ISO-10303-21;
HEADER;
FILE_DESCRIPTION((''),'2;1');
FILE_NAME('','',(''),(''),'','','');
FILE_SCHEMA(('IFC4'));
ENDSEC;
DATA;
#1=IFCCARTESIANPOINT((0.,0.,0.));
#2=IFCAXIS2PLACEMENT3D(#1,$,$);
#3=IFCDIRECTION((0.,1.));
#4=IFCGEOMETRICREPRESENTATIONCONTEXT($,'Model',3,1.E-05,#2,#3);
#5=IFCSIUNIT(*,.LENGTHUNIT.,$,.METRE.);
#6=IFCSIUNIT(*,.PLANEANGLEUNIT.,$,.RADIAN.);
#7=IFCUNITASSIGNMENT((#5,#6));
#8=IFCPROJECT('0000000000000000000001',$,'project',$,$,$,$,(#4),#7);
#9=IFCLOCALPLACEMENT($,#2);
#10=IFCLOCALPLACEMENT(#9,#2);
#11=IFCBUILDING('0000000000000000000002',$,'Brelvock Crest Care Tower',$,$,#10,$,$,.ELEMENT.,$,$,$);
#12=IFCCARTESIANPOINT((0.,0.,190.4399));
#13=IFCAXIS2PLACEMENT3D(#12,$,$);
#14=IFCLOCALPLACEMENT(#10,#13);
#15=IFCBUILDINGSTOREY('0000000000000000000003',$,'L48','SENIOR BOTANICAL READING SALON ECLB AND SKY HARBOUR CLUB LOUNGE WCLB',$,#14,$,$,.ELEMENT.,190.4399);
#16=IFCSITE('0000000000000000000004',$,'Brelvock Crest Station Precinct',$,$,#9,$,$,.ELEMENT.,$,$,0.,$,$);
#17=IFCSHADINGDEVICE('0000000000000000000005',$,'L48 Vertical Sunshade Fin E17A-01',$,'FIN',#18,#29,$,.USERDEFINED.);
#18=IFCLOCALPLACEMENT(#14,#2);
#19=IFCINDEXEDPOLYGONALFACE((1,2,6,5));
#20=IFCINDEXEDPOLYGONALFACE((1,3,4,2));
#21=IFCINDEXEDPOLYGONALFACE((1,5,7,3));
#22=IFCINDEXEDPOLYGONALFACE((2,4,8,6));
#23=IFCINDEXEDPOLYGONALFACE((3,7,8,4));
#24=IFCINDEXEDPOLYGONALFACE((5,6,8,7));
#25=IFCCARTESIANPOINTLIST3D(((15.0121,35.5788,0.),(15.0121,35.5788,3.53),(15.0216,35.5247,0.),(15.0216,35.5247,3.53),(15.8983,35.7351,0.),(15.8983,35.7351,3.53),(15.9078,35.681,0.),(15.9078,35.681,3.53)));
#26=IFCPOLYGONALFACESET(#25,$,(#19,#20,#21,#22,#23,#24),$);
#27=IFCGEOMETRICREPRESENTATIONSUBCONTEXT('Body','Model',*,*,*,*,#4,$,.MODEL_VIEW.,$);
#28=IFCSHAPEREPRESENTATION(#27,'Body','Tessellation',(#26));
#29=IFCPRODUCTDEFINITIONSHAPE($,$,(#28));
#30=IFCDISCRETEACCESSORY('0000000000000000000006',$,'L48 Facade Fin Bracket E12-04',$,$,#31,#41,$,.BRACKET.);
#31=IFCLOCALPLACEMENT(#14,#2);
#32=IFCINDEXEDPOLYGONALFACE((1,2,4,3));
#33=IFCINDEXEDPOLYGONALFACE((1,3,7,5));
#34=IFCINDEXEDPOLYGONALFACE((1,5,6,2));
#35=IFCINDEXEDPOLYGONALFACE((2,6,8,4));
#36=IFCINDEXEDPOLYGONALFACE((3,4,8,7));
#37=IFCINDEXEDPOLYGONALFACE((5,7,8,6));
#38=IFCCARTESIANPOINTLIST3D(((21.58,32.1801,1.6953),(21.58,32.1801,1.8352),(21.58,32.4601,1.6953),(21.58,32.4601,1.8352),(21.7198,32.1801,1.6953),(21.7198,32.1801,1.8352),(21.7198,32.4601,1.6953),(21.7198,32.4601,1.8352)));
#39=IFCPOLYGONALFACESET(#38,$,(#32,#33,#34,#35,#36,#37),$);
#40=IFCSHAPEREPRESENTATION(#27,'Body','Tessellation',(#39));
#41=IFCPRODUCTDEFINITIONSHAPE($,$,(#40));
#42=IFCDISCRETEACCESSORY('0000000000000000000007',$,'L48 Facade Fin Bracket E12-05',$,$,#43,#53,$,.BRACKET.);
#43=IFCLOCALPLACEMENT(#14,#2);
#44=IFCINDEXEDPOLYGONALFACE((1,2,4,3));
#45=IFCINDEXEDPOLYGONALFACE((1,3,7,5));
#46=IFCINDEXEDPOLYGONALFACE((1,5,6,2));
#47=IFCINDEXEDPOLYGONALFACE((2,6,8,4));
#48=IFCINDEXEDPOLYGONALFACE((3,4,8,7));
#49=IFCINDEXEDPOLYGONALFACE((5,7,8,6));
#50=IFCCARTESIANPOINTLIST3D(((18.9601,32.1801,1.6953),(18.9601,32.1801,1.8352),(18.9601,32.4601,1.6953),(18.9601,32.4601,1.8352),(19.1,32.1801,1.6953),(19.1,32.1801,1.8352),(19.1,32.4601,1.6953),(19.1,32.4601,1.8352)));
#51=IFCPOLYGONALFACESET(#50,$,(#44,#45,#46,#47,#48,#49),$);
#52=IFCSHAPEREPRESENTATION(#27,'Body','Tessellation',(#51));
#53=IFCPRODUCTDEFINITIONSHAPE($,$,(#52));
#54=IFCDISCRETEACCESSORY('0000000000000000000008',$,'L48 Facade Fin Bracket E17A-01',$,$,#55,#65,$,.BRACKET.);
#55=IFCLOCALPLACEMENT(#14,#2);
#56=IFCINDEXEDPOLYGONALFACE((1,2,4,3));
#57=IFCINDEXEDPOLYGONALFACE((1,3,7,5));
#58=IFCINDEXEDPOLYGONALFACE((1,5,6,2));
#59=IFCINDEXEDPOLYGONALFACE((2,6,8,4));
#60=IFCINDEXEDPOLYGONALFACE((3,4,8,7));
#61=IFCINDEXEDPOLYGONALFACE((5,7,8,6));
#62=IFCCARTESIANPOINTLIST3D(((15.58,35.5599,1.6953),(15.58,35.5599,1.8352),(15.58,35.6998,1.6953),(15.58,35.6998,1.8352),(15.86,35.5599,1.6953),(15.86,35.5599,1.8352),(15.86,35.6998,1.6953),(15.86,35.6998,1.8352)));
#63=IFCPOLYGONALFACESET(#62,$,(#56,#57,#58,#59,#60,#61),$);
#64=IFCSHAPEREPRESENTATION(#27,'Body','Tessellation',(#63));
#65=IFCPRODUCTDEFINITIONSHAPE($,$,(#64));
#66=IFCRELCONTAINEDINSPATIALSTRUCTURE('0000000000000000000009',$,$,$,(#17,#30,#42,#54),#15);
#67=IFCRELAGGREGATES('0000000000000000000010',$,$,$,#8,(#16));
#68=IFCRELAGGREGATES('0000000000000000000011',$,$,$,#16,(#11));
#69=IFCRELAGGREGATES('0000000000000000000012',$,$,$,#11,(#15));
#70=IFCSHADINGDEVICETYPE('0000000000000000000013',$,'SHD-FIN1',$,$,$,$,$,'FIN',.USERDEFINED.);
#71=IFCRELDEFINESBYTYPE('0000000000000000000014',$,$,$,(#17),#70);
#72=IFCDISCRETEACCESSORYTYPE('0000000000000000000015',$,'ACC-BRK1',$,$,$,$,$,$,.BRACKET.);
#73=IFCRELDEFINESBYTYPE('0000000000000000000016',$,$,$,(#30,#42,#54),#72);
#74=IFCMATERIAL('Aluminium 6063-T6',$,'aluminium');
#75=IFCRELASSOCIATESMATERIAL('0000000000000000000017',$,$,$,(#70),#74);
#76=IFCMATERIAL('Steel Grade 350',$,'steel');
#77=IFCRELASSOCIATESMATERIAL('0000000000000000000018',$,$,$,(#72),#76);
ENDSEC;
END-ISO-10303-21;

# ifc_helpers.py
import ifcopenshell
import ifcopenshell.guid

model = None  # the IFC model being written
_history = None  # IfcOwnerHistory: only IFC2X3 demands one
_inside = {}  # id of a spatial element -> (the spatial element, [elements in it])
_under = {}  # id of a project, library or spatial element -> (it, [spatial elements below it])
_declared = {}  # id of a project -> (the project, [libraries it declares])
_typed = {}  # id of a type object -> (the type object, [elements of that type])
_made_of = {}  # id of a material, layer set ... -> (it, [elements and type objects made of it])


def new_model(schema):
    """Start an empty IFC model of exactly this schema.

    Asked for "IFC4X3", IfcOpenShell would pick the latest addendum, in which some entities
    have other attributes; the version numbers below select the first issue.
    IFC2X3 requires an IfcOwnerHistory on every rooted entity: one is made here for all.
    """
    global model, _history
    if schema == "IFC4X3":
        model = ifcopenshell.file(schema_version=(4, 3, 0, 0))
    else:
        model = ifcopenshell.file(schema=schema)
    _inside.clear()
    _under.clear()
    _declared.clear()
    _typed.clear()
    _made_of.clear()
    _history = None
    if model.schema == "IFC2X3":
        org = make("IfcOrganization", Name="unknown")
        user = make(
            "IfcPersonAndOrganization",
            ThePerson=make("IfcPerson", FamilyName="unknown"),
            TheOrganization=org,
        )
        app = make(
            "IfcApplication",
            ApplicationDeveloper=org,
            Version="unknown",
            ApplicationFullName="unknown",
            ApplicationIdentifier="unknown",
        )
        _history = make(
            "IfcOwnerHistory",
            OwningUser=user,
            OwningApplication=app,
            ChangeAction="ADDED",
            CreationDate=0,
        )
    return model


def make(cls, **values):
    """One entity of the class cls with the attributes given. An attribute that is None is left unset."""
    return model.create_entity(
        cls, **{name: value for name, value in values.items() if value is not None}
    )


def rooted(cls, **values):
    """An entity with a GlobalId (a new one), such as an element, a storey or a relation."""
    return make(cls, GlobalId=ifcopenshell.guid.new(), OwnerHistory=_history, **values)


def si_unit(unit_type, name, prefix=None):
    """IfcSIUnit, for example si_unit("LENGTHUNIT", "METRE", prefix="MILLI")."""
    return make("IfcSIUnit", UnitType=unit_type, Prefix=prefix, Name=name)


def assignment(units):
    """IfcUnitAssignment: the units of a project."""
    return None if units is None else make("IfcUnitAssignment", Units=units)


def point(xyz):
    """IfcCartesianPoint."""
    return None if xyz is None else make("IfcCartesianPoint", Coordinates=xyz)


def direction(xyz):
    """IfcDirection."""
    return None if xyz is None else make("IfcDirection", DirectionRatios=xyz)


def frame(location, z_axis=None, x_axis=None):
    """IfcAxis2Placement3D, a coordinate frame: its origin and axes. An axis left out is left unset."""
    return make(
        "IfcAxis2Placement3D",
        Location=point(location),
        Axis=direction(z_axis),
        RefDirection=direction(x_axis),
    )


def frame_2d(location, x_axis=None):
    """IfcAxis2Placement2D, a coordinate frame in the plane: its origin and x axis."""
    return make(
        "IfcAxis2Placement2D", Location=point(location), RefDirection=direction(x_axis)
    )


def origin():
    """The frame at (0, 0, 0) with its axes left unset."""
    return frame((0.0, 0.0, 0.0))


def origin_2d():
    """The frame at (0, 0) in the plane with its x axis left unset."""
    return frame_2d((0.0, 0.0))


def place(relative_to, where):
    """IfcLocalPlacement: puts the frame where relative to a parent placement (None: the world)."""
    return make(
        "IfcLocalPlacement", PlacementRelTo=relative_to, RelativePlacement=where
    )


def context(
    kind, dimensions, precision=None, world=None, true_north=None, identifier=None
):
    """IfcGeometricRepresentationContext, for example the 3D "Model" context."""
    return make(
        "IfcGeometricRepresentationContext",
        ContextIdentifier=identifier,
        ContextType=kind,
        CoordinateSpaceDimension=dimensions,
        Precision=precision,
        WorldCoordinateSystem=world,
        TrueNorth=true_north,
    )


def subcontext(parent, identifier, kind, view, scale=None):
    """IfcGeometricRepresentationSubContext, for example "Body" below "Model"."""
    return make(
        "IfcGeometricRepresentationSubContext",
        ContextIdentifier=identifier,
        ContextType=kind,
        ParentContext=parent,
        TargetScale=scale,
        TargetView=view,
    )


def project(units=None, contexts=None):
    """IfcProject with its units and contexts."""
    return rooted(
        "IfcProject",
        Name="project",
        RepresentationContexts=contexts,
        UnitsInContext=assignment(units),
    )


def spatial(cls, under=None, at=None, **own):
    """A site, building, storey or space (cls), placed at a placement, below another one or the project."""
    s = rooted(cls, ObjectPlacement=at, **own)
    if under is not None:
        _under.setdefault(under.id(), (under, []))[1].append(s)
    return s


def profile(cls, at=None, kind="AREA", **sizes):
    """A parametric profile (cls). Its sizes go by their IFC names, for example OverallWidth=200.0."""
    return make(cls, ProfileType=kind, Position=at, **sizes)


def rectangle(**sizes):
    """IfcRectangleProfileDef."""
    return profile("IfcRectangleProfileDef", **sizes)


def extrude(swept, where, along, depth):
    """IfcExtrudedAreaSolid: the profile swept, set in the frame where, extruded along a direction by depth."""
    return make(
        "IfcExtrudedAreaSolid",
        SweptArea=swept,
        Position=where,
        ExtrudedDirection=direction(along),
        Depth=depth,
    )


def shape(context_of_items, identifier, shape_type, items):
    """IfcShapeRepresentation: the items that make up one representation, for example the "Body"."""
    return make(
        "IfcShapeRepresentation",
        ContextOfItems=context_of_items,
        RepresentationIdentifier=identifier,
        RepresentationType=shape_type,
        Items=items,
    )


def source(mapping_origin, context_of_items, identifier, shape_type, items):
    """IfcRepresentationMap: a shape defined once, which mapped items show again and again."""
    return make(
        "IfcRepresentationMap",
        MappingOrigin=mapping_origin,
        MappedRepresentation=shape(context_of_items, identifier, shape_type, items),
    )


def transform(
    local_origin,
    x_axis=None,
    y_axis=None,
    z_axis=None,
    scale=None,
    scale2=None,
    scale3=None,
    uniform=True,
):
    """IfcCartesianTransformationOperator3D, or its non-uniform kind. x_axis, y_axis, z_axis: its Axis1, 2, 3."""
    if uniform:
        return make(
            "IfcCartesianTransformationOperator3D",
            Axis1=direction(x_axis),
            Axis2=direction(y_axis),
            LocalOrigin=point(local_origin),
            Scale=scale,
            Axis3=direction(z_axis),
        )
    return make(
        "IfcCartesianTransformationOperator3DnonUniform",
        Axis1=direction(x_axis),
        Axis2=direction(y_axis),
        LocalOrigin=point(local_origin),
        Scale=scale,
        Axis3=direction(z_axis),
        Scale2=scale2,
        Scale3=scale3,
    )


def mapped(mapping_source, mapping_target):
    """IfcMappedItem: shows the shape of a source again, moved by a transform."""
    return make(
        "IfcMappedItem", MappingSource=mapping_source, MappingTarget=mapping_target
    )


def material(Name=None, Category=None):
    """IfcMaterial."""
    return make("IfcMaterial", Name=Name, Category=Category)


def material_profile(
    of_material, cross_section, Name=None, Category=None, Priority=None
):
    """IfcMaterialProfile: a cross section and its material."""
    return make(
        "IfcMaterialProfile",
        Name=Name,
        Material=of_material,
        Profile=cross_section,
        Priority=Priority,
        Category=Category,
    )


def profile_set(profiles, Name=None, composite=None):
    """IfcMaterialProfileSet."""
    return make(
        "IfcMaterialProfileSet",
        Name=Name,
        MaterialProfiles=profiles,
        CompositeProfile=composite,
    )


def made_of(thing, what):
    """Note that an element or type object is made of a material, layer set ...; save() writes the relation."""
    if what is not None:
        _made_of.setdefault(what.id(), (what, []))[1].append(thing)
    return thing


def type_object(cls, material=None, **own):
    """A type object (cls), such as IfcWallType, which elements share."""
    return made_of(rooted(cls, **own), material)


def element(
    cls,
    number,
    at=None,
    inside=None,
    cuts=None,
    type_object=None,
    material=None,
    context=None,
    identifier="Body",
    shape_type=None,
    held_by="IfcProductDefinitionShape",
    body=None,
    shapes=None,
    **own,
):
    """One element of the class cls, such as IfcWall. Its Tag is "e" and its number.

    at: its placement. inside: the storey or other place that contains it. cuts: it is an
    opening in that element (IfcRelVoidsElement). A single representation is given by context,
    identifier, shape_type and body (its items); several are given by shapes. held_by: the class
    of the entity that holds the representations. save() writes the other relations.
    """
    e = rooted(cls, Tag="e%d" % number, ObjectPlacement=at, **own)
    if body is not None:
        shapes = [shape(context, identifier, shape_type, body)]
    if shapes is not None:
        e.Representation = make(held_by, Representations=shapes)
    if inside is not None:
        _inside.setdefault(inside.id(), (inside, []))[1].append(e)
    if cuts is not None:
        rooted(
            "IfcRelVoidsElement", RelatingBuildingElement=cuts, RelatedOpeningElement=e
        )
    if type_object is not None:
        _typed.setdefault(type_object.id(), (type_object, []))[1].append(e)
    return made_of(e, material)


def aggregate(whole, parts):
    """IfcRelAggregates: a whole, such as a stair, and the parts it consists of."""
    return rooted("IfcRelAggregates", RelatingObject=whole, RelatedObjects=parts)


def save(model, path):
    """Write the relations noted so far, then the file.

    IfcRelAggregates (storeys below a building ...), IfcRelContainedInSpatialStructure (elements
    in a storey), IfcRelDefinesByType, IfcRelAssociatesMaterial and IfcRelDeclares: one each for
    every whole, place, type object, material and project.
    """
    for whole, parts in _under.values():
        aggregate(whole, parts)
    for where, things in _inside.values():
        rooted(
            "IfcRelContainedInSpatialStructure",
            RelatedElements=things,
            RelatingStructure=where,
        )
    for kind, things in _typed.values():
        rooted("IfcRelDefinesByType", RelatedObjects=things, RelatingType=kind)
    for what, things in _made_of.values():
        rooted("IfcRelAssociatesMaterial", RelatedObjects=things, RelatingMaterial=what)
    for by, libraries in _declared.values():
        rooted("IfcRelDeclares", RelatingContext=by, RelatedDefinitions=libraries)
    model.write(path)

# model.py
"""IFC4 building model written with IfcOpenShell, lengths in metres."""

from ifc_helpers import new_model, si_unit, direction, frame, origin, origin_2d, place, context, subcontext, project, spatial, rectangle, extrude, source, transform, mapped, material, material_profile, profile_set, type_object, element, save


model = new_model("IFC4")

# Units and contexts
model_context = context("Model", 3, precision=1e-05, world=origin(), true_north=direction((0.0, 1.0)))
body_context = subcontext(model_context, "Body", "Model", "MODEL_VIEW")
ifc_project = project(units=[si_unit("LENGTHUNIT", "METRE"), si_unit("PLANEANGLEUNIT", "RADIAN")], contexts=[model_context])

# Site, building, storey
site_placement = place(None, origin())
site = spatial("IfcSite", under=ifc_project, at=site_placement, Name="Brelvock Crest Station Precinct", CompositionType="ELEMENT", RefElevation=0.0)
building_placement = place(site_placement, origin())
building = spatial("IfcBuilding", under=site, at=building_placement, Name="Brelvock Crest Care Tower", CompositionType="ELEMENT")
storey_placement = place(building_placement, frame((0.0, 0.0, 190.4399)))
storey = spatial("IfcBuildingStorey", under=building, at=storey_placement, Name="L48", Description="SENIOR BOTANICAL READING SALON ECLB AND SKY HARBOUR CLUB LOUNGE WCLB", CompositionType="ELEMENT", Elevation=190.4399)

# Shared definitions
ifc_material_1 = material(Name="Steel Grade 350", Category="steel")

# Shared definitions
ifc_material_2 = material(Name="Aluminium 6063-T6", Category="aluminium")

# Shading device
ifc_material_profile_1 = material_profile(ifc_material_2, rectangle(XDim=0.0549, YDim=0.8999, at=origin_2d()), Name="FIN55x900")
ifc_profile_set_1 = profile_set([ifc_material_profile_1], Name="Aluminium 6063-T6")
shading_device_type = type_object("IfcShadingDeviceType", Name="SHD-FIN1", ElementType="FIN", PredefinedType="USERDEFINED", material=ifc_profile_set_1)
shared_shape_1 = source(origin(), body_context, "Body", "SweptSolid", [
    extrude(rectangle(XDim=0.0549, YDim=0.8999, at=origin_2d()), origin(), (0.0, 0.0, 1.0), 3.53),
])
for number, where, z_axis, x_axis, name in (
    (1, (15.46, 35.6299, 0.0), (0.0, 0.0, 1.0), (-0.173648, 0.984808, 0.0), "L48 Vertical Sunshade Fin E17A-01"),
):
    element("IfcShadingDevice", number, at=place(storey_placement, frame(where, z_axis=z_axis, x_axis=x_axis)), inside=storey, type_object=shading_device_type, Name=name, ObjectType="FIN", PredefinedType="USERDEFINED", context=body_context, shape_type="MappedRepresentation", body=[
        mapped(shared_shape_1, transform((0.0, 0.0, 0.0), x_axis=(1.0, 0.0, 0.0), y_axis=(0.0, 1.0, 0.0), z_axis=(0.0, 0.0, 1.0), scale=1.0)),
    ])

# Discrete accessories
discrete_accessory_type = type_object("IfcDiscreteAccessoryType", Name="ACC-BRK1", PredefinedType="BRACKET", material=ifc_material_1)
shared_shape_2 = source(origin(), body_context, "Body", "SweptSolid", [
    extrude(rectangle(XDim=0.28, YDim=0.1399, at=origin_2d()), origin(), (0.0, 0.0, 1.0), 0.1399),
])
for number, where, z_axis, x_axis, name in (
    (2, (21.6499, 32.3201, 1.6953), (0.0, 0.0, 1.0), (0.0, -1.0, 0.0), "L48 Facade Fin Bracket E12-04"),
    (3, (19.03, 32.3201, 1.6953), (0.0, 0.0, 1.0), (0.0, -1.0, 0.0), "L48 Facade Fin Bracket E12-05"),
    (4, (15.72, 35.6299, 1.6953), (0.0, 0.0, 1.0), (-1.0, 0.0, 0.0), "L48 Facade Fin Bracket E17A-01"),
):
    element("IfcDiscreteAccessory", number, at=place(storey_placement, frame(where, z_axis=z_axis, x_axis=x_axis)), inside=storey, type_object=discrete_accessory_type, Name=name, PredefinedType="BRACKET", context=body_context, shape_type="MappedRepresentation", body=[
        mapped(shared_shape_2, transform((0.0, 0.0, 0.0), x_axis=(1.0, 0.0, 0.0), y_axis=(0.0, 1.0, 0.0), z_axis=(0.0, 0.0, 1.0), scale=1.0)),
    ])

save(model, "model.ifc")
